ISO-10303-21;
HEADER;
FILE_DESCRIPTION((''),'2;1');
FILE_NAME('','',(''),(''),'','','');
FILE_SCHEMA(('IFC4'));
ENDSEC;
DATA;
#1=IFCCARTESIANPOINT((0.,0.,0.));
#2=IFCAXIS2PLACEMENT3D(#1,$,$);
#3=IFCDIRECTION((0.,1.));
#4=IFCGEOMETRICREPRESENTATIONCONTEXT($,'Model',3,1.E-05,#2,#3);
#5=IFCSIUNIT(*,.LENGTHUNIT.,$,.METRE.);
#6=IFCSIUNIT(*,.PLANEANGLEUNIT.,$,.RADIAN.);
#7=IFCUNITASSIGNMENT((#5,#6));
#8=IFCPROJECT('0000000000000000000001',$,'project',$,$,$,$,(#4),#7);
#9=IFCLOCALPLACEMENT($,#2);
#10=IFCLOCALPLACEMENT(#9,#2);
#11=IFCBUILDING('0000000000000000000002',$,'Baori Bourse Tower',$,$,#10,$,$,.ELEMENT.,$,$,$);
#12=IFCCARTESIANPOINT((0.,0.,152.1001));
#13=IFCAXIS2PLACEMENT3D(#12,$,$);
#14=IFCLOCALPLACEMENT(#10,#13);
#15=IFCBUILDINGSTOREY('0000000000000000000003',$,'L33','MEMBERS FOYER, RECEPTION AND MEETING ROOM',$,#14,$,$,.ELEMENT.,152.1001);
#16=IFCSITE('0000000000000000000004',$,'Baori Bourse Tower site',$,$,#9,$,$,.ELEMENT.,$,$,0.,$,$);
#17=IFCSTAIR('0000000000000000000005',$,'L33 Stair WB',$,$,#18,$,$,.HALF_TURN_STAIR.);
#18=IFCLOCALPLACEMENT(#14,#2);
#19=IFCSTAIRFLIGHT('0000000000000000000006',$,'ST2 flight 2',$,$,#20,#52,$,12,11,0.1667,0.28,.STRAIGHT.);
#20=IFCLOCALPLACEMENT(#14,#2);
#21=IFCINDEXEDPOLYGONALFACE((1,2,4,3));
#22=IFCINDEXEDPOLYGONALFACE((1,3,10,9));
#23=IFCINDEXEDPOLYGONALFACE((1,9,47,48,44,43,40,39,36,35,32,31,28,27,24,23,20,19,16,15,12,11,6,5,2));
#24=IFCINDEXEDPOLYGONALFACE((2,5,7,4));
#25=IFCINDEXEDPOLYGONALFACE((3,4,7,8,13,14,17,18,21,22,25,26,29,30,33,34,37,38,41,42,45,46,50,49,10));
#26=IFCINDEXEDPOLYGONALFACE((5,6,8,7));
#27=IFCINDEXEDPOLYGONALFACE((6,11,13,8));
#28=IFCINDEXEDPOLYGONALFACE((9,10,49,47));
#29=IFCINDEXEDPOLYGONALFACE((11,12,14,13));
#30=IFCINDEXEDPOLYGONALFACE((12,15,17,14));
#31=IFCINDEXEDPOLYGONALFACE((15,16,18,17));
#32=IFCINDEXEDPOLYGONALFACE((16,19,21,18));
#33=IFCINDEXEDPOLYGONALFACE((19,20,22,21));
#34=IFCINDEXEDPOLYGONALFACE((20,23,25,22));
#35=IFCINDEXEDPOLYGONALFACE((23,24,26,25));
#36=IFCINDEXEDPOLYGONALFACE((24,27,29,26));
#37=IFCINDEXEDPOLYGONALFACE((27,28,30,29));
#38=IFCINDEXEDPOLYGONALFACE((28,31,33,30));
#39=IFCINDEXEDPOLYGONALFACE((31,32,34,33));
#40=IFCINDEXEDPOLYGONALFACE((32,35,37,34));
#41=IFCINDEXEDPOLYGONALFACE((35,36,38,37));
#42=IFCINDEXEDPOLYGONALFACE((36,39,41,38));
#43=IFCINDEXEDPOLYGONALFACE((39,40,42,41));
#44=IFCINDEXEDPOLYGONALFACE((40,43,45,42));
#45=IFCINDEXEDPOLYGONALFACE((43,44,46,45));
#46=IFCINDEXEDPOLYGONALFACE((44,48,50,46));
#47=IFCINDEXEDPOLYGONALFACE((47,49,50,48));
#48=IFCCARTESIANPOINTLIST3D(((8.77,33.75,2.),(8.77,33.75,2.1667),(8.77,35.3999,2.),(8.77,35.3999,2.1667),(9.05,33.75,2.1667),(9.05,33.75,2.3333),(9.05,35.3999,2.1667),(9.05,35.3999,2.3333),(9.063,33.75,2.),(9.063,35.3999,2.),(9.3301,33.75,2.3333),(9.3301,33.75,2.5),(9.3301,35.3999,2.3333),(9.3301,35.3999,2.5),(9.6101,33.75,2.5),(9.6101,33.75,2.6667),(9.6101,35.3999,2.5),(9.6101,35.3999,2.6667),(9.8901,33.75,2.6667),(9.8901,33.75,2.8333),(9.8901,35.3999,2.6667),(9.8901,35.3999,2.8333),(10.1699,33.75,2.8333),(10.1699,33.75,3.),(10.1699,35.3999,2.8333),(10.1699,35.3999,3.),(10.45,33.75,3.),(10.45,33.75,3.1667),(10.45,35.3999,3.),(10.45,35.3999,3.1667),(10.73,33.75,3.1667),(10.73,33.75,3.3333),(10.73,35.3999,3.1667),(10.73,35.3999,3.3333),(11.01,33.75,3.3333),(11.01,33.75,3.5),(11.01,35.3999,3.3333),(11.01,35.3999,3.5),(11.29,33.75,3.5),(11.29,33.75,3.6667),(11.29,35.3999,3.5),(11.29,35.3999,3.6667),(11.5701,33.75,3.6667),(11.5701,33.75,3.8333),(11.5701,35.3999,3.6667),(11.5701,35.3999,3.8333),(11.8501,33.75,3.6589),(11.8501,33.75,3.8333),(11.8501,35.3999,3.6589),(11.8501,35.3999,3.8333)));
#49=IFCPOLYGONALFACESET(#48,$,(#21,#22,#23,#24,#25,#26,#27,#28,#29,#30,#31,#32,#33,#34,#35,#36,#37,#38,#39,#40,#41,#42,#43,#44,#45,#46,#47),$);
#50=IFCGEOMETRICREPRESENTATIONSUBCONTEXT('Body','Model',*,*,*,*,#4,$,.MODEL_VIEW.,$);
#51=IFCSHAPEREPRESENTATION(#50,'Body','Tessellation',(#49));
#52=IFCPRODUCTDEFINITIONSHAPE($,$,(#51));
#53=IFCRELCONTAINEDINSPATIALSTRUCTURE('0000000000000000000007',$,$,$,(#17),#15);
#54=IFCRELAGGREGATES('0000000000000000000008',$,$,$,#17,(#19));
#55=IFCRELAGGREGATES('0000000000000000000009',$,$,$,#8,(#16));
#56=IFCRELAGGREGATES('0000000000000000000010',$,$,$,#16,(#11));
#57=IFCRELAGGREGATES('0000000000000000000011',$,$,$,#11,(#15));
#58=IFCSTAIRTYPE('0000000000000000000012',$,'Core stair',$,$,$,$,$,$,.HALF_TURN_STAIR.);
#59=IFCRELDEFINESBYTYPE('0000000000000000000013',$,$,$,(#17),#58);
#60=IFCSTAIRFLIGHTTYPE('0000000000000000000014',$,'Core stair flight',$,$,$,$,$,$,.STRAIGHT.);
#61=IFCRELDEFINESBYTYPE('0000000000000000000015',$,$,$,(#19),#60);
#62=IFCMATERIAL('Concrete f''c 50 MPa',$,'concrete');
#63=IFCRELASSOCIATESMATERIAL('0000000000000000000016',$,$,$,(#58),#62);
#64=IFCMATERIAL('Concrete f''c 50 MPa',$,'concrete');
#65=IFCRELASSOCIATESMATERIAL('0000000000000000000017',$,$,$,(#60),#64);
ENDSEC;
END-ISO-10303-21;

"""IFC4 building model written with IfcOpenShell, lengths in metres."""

from ifc_helpers import new_model, si_unit, direction, frame, origin, place, context, subcontext, project, spatial, polyline, outline, extrude, material, type_object, element, aggregate, save


model = new_model("IFC4")

# Units and contexts
model_context = context("Model", 3, precision=1e-05, world=origin(), true_north=direction((0.0, 1.0)))
body_context = subcontext(model_context, "Body", "Model", "MODEL_VIEW")
ifc_project = project(units=[si_unit("LENGTHUNIT", "METRE"), si_unit("PLANEANGLEUNIT", "RADIAN")], contexts=[model_context])

# Site, building, storey
site_placement = place(None, origin())
site = spatial("IfcSite", under=ifc_project, at=site_placement, Name="Baori Bourse Tower site", CompositionType="ELEMENT", RefElevation=0.0)
building_placement = place(site_placement, origin())
building = spatial("IfcBuilding", under=site, at=building_placement, Name="Baori Bourse Tower", CompositionType="ELEMENT")
storey_placement = place(building_placement, frame((0.0, 0.0, 152.1001)))
storey = spatial("IfcBuildingStorey", under=building, at=storey_placement, Name="L33", Description="MEMBERS FOYER, RECEPTION AND MEETING ROOM", CompositionType="ELEMENT", Elevation=152.1001)

# Stair, stair flight
ifc_material_1 = material(Name="Concrete f'c 50 MPa", Category="concrete")
stair_type = type_object("IfcStairType", Name="Core stair", PredefinedType="HALF_TURN_STAIR", material=ifc_material_1)
stair_placement = place(storey_placement, origin())
stair = element("IfcStair", 1, at=stair_placement, inside=storey, type_object=stair_type, Name="L33 Stair WB", PredefinedType="HALF_TURN_STAIR")
ifc_material_2 = material(Name="Concrete f'c 50 MPa", Category="concrete")
stair_flight_type = type_object("IfcStairFlightType", Name="Core stair flight", PredefinedType="STRAIGHT", material=ifc_material_2)
stair_flight_1_placement = place(storey_placement, frame((8.77, 34.575, 2.0), z_axis=(0.0, 0.0, 1.0), x_axis=(1.0, 0.0, 0.0)))
stair_flight_1 = element("IfcStairFlight", 2, at=stair_flight_1_placement, type_object=stair_flight_type, Name="ST2 flight 2", NumberOfRisers=12, NumberOfTreads=11, PredefinedType="STRAIGHT", RiserHeight=0.1667, TreadLength=0.28, context=body_context, shape_type="SweptSolid", body=[
    extrude(outline(polyline([(0.0, 0.0), (0.0, 0.1667), (0.28, 0.1667), (0.28, 0.3333), (0.5601, 0.3333), (0.5601, 0.5), (0.8401, 0.5), (0.8401, 0.6667), (1.1201, 0.6667), (1.1201, 0.8333), (1.3999, 0.8333), (1.3999, 1.0), (1.6799, 1.0), (1.6799, 1.1667), (1.96, 1.1667), (1.96, 1.3333), (2.24, 1.3333), (2.24, 1.5), (2.52, 1.5), (2.52, 1.6667), (2.8, 1.6667), (2.8, 1.8333), (3.0801, 1.8333), (3.0801, 2.0), (3.0801, 1.6589), (0.293, 0.0), (0.0, 0.0)])), frame((0.0, 0.825, 0.0), z_axis=(0.0, -1.0, 0.0), x_axis=(1.0, 0.0, 0.0)), (0.0, 0.0, 1.0), 1.6499),
])
aggregate(stair, [stair_flight_1])

save(model, "model.ifc")
